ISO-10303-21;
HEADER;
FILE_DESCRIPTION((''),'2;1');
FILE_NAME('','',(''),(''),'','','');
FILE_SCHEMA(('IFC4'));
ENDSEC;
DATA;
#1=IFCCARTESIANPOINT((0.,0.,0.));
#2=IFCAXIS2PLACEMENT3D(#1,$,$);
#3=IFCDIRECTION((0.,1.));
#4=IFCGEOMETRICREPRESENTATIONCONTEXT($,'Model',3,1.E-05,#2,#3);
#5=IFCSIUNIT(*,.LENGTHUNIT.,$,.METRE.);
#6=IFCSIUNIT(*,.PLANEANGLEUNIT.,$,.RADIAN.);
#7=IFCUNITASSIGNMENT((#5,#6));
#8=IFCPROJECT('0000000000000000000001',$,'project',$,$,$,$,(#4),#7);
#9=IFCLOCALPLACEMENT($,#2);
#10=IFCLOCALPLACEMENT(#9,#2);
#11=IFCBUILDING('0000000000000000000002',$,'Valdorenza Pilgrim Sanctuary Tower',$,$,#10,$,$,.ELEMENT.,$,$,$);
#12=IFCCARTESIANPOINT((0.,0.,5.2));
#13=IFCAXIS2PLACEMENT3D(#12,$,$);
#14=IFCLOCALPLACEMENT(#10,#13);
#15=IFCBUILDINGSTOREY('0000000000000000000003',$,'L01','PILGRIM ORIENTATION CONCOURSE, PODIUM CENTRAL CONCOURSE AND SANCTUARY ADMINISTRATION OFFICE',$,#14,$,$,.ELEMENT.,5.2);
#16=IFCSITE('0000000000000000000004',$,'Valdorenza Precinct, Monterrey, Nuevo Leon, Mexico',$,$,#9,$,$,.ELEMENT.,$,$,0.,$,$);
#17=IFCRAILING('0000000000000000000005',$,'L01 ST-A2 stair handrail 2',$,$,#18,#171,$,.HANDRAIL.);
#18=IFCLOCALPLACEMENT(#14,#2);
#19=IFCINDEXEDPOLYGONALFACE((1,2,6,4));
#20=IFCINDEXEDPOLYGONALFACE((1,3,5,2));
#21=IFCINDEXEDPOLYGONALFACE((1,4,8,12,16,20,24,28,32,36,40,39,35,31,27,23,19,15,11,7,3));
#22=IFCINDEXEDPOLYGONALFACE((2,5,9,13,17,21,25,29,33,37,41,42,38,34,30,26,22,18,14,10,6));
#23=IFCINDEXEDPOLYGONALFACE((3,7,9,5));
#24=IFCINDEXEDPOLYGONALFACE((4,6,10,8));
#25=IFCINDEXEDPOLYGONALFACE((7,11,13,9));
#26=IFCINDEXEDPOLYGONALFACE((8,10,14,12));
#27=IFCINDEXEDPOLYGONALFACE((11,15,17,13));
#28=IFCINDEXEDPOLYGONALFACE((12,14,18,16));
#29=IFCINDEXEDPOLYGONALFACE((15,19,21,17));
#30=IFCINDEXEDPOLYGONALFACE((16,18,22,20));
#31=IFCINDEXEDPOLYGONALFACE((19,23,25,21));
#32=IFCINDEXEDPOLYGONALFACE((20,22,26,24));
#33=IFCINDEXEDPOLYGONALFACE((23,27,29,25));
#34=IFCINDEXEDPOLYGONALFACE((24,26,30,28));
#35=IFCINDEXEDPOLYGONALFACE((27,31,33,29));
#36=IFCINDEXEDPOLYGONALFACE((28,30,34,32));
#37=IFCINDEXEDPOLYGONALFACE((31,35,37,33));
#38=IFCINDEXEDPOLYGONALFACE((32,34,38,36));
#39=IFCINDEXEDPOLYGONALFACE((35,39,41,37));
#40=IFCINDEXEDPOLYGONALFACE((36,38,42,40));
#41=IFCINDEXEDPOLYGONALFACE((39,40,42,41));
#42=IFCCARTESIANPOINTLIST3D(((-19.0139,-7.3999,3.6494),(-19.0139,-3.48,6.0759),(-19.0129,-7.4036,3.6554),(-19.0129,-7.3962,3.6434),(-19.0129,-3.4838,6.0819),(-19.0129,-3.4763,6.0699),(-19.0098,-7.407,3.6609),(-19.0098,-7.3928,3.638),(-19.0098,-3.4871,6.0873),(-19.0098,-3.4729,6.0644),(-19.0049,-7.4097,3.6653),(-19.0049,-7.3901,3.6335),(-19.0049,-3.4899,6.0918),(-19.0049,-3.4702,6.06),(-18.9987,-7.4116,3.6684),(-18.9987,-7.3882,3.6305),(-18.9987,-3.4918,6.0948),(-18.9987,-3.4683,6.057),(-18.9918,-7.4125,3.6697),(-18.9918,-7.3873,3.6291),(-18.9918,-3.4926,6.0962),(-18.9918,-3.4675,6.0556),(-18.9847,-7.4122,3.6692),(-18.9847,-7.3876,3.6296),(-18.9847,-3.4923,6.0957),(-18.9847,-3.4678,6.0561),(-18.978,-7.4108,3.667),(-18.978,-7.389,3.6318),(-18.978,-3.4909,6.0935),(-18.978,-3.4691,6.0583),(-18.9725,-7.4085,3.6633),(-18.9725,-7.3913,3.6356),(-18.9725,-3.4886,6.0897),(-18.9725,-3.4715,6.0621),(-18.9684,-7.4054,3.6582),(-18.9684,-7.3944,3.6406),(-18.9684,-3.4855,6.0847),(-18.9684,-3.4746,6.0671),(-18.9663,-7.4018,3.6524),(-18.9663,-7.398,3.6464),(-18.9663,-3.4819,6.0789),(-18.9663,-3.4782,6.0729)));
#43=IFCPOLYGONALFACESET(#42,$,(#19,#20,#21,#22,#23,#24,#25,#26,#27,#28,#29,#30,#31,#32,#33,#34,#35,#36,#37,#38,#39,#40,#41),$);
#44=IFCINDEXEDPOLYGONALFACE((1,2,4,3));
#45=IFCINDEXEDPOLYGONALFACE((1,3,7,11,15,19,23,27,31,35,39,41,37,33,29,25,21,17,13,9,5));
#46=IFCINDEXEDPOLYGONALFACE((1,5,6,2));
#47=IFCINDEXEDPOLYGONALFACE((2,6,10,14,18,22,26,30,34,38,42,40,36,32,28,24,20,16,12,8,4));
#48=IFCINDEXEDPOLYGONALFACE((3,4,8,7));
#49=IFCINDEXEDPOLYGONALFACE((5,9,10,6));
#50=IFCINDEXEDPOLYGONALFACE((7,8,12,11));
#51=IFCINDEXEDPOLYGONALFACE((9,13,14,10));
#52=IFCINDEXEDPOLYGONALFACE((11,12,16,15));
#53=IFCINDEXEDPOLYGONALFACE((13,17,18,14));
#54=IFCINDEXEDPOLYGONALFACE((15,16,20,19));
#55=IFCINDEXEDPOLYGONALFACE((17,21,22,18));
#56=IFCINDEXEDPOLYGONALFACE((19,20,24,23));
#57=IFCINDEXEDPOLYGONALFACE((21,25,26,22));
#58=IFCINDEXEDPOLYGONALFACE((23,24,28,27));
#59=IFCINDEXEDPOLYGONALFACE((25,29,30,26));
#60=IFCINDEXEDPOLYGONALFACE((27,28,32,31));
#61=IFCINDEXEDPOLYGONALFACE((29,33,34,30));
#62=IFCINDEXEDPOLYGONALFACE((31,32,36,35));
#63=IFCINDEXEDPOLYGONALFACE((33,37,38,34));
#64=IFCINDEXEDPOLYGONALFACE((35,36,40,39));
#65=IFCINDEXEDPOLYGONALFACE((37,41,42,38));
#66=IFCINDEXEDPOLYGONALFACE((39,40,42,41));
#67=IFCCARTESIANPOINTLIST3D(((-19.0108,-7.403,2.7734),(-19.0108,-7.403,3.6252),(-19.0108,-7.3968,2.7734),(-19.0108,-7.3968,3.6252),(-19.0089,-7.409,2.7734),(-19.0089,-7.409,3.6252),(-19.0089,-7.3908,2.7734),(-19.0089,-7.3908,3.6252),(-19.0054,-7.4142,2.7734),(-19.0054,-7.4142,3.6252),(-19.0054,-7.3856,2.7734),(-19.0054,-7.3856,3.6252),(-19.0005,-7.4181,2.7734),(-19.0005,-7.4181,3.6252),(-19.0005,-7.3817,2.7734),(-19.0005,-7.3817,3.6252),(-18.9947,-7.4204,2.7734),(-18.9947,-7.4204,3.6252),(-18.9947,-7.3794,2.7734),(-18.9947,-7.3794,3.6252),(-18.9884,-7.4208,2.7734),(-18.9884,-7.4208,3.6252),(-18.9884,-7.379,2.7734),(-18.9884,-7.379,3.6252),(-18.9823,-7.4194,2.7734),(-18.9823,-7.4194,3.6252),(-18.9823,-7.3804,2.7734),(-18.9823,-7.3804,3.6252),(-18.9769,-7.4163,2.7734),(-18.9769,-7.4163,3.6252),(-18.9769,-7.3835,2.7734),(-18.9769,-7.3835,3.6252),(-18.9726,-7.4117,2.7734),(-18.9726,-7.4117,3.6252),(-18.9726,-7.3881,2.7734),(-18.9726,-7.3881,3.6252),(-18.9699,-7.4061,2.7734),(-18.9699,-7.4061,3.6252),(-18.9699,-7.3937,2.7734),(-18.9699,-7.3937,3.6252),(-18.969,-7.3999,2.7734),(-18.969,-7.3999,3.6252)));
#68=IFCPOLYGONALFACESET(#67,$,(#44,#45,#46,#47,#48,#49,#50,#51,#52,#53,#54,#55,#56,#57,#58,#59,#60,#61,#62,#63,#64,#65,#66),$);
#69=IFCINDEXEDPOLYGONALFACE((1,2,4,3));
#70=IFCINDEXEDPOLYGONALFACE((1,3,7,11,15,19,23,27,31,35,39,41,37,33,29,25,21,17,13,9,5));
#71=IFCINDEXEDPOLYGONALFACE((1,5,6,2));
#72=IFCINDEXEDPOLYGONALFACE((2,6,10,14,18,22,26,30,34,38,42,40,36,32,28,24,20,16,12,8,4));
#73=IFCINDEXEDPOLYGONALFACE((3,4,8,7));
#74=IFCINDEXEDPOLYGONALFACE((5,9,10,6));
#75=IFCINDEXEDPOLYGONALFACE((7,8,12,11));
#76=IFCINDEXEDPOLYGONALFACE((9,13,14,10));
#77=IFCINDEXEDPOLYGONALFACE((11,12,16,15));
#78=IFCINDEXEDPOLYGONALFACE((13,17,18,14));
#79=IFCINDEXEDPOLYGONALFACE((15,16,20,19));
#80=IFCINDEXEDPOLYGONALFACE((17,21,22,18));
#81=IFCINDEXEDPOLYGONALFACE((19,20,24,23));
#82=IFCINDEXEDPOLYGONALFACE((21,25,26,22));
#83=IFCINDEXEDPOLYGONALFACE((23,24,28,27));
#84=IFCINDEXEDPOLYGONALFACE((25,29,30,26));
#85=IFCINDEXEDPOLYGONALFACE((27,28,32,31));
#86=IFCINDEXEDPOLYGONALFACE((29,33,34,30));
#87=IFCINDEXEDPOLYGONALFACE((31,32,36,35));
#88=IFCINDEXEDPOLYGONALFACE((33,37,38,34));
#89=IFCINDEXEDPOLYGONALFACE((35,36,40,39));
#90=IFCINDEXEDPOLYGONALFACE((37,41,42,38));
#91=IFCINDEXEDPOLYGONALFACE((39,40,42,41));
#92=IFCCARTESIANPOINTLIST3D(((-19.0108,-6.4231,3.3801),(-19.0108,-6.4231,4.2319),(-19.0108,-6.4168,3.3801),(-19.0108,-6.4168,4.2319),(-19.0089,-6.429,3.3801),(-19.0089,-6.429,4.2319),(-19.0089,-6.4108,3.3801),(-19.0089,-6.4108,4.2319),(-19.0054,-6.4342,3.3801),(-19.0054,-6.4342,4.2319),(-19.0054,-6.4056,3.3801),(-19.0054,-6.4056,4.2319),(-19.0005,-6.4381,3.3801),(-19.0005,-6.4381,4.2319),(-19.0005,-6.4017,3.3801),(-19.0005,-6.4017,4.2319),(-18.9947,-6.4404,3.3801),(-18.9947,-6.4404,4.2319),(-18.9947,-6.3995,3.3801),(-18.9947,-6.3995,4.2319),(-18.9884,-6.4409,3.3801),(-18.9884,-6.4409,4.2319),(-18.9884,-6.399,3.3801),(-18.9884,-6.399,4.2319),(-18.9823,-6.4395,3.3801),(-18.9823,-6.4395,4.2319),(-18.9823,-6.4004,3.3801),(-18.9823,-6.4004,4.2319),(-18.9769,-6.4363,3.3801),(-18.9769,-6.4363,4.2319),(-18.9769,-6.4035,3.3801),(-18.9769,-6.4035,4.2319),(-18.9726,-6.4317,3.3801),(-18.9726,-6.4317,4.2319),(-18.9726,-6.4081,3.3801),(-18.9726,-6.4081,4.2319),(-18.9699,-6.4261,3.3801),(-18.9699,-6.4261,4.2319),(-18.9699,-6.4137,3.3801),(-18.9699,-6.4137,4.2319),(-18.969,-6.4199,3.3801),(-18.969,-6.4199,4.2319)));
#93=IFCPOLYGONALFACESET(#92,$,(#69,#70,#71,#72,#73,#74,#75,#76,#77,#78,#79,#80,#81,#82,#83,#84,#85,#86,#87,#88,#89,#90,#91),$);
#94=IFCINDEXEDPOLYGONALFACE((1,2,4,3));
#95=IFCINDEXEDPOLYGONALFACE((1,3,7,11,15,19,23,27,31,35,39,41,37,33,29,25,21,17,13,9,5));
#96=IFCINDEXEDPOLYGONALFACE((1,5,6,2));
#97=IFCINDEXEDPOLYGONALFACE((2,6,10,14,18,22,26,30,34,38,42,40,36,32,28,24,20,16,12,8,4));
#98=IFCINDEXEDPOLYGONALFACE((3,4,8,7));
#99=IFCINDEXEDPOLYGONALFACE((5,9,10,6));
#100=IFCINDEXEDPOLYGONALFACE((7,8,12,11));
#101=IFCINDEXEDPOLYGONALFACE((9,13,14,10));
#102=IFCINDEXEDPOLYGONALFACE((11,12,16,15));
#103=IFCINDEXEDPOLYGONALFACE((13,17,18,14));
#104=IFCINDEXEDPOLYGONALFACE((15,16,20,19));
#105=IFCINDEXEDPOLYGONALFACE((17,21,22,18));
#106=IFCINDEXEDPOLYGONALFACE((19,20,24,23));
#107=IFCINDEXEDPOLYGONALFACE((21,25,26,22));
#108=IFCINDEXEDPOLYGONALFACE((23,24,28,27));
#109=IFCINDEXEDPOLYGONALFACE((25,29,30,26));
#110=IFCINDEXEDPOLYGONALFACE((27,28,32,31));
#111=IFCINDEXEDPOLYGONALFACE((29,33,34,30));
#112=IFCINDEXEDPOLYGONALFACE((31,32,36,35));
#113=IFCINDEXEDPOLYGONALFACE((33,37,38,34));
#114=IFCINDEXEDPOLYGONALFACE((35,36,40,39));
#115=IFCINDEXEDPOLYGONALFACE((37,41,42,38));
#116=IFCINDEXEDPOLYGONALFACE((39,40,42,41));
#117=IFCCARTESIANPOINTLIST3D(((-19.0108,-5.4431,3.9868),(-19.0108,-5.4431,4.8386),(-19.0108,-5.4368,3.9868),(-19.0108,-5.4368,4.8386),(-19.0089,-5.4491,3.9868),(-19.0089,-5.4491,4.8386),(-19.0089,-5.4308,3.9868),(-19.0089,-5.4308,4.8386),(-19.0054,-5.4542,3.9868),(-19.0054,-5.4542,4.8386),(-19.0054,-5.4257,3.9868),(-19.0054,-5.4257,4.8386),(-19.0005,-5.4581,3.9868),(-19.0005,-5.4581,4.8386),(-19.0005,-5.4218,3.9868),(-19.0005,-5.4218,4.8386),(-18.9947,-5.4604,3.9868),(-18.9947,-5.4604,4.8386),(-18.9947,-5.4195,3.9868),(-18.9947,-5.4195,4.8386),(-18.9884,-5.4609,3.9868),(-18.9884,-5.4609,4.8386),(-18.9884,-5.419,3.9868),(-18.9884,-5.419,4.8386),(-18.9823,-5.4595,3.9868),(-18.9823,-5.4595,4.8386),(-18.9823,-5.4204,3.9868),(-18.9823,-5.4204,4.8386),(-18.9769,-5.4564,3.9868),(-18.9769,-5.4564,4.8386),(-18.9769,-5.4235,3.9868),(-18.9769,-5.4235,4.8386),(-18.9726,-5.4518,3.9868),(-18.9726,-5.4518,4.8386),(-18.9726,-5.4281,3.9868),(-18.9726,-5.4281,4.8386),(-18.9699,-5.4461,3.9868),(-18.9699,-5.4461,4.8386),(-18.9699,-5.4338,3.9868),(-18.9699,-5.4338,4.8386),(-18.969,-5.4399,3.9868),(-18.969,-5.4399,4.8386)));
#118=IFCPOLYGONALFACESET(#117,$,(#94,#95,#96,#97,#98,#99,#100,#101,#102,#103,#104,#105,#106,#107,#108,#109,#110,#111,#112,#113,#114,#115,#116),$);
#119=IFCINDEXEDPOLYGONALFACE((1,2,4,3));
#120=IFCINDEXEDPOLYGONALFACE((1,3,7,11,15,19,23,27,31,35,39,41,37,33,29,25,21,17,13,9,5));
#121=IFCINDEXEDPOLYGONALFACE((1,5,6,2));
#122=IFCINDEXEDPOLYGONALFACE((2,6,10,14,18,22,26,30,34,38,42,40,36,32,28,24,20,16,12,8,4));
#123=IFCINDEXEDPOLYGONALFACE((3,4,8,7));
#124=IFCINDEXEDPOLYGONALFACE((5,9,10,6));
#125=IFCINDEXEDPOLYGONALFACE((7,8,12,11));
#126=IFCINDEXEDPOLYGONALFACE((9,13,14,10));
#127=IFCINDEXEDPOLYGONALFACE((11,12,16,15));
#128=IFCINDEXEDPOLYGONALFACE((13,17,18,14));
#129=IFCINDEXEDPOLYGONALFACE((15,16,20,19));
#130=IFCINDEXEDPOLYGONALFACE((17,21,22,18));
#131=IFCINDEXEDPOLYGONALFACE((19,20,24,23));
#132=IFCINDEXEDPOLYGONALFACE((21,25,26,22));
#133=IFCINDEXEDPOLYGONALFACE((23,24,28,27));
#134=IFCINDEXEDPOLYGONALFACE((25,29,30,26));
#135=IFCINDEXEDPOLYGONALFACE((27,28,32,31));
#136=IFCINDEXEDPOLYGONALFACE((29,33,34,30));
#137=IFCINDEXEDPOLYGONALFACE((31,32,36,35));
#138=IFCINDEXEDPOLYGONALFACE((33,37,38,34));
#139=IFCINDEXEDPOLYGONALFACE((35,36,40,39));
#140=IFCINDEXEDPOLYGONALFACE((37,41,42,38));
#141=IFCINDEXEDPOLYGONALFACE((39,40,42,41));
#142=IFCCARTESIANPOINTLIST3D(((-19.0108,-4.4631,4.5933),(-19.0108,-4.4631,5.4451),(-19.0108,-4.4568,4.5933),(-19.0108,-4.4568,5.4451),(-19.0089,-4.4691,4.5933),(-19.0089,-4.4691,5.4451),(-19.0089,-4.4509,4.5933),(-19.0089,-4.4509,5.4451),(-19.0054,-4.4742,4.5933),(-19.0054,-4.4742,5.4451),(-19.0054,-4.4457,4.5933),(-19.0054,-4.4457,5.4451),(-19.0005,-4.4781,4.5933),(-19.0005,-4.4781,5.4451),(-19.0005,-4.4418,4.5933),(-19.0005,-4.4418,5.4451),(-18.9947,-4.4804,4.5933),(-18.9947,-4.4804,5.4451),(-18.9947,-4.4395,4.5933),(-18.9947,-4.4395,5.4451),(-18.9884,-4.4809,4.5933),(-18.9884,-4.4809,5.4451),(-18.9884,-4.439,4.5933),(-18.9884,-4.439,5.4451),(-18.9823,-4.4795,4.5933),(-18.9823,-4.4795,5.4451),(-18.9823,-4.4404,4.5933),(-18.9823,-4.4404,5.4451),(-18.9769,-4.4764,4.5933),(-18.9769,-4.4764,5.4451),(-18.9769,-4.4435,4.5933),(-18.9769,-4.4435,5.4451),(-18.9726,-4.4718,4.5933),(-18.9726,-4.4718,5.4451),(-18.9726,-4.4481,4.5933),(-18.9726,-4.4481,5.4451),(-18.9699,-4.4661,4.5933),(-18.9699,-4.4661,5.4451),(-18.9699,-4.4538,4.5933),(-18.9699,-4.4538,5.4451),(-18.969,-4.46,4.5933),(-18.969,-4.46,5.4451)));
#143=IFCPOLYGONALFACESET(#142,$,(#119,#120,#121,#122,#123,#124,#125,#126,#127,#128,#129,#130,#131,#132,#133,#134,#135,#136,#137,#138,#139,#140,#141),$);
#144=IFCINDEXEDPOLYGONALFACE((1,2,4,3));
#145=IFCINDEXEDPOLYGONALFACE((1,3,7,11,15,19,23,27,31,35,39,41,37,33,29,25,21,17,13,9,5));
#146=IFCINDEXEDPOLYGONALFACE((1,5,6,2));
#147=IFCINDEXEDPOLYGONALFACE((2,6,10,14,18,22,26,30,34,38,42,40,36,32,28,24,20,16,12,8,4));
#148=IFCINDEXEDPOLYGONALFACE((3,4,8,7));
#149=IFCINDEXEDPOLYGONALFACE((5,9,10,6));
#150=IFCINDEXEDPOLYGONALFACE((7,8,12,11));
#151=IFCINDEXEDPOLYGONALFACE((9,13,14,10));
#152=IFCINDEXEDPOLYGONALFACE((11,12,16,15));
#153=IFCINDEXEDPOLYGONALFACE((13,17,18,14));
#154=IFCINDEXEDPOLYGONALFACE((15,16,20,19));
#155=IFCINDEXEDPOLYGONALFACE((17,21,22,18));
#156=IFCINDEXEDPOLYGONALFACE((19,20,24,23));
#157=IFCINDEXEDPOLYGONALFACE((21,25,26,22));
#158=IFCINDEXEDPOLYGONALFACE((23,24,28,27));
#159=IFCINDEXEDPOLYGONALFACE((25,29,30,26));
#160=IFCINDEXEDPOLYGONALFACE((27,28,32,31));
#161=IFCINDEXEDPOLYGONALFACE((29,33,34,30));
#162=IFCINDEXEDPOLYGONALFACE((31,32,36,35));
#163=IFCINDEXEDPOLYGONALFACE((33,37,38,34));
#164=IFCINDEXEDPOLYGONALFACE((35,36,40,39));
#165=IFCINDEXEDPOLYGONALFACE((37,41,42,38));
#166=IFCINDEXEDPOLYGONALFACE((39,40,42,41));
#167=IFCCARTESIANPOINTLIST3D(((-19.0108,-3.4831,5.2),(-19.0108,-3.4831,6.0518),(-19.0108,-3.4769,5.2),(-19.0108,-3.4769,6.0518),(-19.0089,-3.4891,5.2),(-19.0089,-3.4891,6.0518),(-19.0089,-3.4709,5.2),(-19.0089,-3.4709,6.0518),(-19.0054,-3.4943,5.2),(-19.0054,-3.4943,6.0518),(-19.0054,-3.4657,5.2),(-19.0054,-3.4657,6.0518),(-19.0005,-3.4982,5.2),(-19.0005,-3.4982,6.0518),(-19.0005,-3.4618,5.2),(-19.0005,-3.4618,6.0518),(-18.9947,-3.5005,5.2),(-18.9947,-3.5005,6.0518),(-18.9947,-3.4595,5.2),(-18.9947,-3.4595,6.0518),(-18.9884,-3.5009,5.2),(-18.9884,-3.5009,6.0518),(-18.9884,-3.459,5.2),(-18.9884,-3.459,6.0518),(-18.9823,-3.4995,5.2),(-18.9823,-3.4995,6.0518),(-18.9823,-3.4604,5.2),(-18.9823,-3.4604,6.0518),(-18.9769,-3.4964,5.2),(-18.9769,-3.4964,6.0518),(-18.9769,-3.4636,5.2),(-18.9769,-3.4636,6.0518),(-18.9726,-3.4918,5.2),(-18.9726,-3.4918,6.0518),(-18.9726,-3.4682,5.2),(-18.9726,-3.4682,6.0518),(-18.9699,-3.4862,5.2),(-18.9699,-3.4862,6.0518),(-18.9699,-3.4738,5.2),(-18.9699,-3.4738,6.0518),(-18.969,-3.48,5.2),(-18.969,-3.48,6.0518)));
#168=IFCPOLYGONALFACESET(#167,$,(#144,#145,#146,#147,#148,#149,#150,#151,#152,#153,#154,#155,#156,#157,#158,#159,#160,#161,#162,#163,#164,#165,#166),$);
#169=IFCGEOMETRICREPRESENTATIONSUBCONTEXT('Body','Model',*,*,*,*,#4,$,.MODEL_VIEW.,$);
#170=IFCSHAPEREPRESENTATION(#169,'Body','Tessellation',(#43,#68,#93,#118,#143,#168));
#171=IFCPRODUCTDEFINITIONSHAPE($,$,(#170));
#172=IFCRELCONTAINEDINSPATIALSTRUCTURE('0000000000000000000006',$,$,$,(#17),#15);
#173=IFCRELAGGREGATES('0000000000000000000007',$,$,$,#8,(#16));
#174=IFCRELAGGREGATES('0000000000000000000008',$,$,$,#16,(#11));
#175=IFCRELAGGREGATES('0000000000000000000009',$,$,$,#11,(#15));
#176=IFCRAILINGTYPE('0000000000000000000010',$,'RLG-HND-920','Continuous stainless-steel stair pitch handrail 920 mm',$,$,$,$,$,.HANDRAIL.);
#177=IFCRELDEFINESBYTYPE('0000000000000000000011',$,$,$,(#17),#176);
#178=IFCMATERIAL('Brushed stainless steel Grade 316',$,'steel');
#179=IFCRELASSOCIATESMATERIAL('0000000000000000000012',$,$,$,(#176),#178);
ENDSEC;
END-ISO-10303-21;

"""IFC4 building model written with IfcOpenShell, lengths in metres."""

from ifc_helpers import new_model, si_unit, direction, frame, origin, origin_2d, place, context, subcontext, project, spatial, circle, extrude, material, type_object, element, save


model = new_model("IFC4")

# Units and contexts
model_context = context("Model", 3, precision=1e-05, world=origin(), true_north=direction((0.0, 1.0)))
body_context = subcontext(model_context, "Body", "Model", "MODEL_VIEW")
ifc_project = project(units=[si_unit("LENGTHUNIT", "METRE"), si_unit("PLANEANGLEUNIT", "RADIAN")], contexts=[model_context])

# Site, building, storey
site_placement = place(None, origin())
site = spatial("IfcSite", under=ifc_project, at=site_placement, Name="Valdorenza Precinct, Monterrey, Nuevo Leon, Mexico", CompositionType="ELEMENT", RefElevation=0.0)
building_placement = place(site_placement, origin())
building = spatial("IfcBuilding", under=site, at=building_placement, Name="Valdorenza Pilgrim Sanctuary Tower", CompositionType="ELEMENT")
storey_placement = place(building_placement, frame((0.0, 0.0, 5.2)))
storey = spatial("IfcBuildingStorey", under=building, at=storey_placement, Name="L01", Description="PILGRIM ORIENTATION CONCOURSE, PODIUM CENTRAL CONCOURSE AND SANCTUARY ADMINISTRATION OFFICE", CompositionType="ELEMENT", Elevation=5.2)

# Shared definitions
ifc_material_1 = material(Name="Brushed stainless steel Grade 316", Category="steel")

# Railing
railing_type_1 = type_object("IfcRailingType", Name="RLG-HND-920", Description="Continuous stainless-steel stair pitch handrail 920 mm", PredefinedType="HANDRAIL", material=ifc_material_1)
railing_1_placement = place(storey_placement, frame((-18.99, -7.3999, 2.7734)))
element("IfcRailing", 1, at=railing_1_placement, inside=storey, type_object=railing_type_1, Name="L01 ST-A2 stair handrail 2", PredefinedType="HANDRAIL", context=body_context, shape_type="SweptSolid", body=[
    extrude(circle(Radius=0.0239, at=origin_2d()), frame((0.0, 0.0, 0.876), z_axis=(0.0, 0.850275, 0.526338), x_axis=(-1.0, 0.0, 0.0)), (0.0, 0.0, 1.0), 4.6101),
    extrude(circle(Radius=0.021, at=origin_2d()), origin(), (0.0, 0.0, 1.0), 0.8518),
    extrude(circle(Radius=0.021, at=origin_2d()), frame((0.0, 0.98, 0.6067)), (0.0, 0.0, 1.0), 0.8518),
    extrude(circle(Radius=0.021, at=origin_2d()), frame((0.0, 1.96, 1.2134)), (0.0, 0.0, 1.0), 0.8518),
    extrude(circle(Radius=0.021, at=origin_2d()), frame((0.0, 2.9399, 1.8198)), (0.0, 0.0, 1.0), 0.8518),
    extrude(circle(Radius=0.021, at=origin_2d()), frame((0.0, 3.9199, 2.4265)), (0.0, 0.0, 1.0), 0.8518),
])

save(model, "model.ifc")
